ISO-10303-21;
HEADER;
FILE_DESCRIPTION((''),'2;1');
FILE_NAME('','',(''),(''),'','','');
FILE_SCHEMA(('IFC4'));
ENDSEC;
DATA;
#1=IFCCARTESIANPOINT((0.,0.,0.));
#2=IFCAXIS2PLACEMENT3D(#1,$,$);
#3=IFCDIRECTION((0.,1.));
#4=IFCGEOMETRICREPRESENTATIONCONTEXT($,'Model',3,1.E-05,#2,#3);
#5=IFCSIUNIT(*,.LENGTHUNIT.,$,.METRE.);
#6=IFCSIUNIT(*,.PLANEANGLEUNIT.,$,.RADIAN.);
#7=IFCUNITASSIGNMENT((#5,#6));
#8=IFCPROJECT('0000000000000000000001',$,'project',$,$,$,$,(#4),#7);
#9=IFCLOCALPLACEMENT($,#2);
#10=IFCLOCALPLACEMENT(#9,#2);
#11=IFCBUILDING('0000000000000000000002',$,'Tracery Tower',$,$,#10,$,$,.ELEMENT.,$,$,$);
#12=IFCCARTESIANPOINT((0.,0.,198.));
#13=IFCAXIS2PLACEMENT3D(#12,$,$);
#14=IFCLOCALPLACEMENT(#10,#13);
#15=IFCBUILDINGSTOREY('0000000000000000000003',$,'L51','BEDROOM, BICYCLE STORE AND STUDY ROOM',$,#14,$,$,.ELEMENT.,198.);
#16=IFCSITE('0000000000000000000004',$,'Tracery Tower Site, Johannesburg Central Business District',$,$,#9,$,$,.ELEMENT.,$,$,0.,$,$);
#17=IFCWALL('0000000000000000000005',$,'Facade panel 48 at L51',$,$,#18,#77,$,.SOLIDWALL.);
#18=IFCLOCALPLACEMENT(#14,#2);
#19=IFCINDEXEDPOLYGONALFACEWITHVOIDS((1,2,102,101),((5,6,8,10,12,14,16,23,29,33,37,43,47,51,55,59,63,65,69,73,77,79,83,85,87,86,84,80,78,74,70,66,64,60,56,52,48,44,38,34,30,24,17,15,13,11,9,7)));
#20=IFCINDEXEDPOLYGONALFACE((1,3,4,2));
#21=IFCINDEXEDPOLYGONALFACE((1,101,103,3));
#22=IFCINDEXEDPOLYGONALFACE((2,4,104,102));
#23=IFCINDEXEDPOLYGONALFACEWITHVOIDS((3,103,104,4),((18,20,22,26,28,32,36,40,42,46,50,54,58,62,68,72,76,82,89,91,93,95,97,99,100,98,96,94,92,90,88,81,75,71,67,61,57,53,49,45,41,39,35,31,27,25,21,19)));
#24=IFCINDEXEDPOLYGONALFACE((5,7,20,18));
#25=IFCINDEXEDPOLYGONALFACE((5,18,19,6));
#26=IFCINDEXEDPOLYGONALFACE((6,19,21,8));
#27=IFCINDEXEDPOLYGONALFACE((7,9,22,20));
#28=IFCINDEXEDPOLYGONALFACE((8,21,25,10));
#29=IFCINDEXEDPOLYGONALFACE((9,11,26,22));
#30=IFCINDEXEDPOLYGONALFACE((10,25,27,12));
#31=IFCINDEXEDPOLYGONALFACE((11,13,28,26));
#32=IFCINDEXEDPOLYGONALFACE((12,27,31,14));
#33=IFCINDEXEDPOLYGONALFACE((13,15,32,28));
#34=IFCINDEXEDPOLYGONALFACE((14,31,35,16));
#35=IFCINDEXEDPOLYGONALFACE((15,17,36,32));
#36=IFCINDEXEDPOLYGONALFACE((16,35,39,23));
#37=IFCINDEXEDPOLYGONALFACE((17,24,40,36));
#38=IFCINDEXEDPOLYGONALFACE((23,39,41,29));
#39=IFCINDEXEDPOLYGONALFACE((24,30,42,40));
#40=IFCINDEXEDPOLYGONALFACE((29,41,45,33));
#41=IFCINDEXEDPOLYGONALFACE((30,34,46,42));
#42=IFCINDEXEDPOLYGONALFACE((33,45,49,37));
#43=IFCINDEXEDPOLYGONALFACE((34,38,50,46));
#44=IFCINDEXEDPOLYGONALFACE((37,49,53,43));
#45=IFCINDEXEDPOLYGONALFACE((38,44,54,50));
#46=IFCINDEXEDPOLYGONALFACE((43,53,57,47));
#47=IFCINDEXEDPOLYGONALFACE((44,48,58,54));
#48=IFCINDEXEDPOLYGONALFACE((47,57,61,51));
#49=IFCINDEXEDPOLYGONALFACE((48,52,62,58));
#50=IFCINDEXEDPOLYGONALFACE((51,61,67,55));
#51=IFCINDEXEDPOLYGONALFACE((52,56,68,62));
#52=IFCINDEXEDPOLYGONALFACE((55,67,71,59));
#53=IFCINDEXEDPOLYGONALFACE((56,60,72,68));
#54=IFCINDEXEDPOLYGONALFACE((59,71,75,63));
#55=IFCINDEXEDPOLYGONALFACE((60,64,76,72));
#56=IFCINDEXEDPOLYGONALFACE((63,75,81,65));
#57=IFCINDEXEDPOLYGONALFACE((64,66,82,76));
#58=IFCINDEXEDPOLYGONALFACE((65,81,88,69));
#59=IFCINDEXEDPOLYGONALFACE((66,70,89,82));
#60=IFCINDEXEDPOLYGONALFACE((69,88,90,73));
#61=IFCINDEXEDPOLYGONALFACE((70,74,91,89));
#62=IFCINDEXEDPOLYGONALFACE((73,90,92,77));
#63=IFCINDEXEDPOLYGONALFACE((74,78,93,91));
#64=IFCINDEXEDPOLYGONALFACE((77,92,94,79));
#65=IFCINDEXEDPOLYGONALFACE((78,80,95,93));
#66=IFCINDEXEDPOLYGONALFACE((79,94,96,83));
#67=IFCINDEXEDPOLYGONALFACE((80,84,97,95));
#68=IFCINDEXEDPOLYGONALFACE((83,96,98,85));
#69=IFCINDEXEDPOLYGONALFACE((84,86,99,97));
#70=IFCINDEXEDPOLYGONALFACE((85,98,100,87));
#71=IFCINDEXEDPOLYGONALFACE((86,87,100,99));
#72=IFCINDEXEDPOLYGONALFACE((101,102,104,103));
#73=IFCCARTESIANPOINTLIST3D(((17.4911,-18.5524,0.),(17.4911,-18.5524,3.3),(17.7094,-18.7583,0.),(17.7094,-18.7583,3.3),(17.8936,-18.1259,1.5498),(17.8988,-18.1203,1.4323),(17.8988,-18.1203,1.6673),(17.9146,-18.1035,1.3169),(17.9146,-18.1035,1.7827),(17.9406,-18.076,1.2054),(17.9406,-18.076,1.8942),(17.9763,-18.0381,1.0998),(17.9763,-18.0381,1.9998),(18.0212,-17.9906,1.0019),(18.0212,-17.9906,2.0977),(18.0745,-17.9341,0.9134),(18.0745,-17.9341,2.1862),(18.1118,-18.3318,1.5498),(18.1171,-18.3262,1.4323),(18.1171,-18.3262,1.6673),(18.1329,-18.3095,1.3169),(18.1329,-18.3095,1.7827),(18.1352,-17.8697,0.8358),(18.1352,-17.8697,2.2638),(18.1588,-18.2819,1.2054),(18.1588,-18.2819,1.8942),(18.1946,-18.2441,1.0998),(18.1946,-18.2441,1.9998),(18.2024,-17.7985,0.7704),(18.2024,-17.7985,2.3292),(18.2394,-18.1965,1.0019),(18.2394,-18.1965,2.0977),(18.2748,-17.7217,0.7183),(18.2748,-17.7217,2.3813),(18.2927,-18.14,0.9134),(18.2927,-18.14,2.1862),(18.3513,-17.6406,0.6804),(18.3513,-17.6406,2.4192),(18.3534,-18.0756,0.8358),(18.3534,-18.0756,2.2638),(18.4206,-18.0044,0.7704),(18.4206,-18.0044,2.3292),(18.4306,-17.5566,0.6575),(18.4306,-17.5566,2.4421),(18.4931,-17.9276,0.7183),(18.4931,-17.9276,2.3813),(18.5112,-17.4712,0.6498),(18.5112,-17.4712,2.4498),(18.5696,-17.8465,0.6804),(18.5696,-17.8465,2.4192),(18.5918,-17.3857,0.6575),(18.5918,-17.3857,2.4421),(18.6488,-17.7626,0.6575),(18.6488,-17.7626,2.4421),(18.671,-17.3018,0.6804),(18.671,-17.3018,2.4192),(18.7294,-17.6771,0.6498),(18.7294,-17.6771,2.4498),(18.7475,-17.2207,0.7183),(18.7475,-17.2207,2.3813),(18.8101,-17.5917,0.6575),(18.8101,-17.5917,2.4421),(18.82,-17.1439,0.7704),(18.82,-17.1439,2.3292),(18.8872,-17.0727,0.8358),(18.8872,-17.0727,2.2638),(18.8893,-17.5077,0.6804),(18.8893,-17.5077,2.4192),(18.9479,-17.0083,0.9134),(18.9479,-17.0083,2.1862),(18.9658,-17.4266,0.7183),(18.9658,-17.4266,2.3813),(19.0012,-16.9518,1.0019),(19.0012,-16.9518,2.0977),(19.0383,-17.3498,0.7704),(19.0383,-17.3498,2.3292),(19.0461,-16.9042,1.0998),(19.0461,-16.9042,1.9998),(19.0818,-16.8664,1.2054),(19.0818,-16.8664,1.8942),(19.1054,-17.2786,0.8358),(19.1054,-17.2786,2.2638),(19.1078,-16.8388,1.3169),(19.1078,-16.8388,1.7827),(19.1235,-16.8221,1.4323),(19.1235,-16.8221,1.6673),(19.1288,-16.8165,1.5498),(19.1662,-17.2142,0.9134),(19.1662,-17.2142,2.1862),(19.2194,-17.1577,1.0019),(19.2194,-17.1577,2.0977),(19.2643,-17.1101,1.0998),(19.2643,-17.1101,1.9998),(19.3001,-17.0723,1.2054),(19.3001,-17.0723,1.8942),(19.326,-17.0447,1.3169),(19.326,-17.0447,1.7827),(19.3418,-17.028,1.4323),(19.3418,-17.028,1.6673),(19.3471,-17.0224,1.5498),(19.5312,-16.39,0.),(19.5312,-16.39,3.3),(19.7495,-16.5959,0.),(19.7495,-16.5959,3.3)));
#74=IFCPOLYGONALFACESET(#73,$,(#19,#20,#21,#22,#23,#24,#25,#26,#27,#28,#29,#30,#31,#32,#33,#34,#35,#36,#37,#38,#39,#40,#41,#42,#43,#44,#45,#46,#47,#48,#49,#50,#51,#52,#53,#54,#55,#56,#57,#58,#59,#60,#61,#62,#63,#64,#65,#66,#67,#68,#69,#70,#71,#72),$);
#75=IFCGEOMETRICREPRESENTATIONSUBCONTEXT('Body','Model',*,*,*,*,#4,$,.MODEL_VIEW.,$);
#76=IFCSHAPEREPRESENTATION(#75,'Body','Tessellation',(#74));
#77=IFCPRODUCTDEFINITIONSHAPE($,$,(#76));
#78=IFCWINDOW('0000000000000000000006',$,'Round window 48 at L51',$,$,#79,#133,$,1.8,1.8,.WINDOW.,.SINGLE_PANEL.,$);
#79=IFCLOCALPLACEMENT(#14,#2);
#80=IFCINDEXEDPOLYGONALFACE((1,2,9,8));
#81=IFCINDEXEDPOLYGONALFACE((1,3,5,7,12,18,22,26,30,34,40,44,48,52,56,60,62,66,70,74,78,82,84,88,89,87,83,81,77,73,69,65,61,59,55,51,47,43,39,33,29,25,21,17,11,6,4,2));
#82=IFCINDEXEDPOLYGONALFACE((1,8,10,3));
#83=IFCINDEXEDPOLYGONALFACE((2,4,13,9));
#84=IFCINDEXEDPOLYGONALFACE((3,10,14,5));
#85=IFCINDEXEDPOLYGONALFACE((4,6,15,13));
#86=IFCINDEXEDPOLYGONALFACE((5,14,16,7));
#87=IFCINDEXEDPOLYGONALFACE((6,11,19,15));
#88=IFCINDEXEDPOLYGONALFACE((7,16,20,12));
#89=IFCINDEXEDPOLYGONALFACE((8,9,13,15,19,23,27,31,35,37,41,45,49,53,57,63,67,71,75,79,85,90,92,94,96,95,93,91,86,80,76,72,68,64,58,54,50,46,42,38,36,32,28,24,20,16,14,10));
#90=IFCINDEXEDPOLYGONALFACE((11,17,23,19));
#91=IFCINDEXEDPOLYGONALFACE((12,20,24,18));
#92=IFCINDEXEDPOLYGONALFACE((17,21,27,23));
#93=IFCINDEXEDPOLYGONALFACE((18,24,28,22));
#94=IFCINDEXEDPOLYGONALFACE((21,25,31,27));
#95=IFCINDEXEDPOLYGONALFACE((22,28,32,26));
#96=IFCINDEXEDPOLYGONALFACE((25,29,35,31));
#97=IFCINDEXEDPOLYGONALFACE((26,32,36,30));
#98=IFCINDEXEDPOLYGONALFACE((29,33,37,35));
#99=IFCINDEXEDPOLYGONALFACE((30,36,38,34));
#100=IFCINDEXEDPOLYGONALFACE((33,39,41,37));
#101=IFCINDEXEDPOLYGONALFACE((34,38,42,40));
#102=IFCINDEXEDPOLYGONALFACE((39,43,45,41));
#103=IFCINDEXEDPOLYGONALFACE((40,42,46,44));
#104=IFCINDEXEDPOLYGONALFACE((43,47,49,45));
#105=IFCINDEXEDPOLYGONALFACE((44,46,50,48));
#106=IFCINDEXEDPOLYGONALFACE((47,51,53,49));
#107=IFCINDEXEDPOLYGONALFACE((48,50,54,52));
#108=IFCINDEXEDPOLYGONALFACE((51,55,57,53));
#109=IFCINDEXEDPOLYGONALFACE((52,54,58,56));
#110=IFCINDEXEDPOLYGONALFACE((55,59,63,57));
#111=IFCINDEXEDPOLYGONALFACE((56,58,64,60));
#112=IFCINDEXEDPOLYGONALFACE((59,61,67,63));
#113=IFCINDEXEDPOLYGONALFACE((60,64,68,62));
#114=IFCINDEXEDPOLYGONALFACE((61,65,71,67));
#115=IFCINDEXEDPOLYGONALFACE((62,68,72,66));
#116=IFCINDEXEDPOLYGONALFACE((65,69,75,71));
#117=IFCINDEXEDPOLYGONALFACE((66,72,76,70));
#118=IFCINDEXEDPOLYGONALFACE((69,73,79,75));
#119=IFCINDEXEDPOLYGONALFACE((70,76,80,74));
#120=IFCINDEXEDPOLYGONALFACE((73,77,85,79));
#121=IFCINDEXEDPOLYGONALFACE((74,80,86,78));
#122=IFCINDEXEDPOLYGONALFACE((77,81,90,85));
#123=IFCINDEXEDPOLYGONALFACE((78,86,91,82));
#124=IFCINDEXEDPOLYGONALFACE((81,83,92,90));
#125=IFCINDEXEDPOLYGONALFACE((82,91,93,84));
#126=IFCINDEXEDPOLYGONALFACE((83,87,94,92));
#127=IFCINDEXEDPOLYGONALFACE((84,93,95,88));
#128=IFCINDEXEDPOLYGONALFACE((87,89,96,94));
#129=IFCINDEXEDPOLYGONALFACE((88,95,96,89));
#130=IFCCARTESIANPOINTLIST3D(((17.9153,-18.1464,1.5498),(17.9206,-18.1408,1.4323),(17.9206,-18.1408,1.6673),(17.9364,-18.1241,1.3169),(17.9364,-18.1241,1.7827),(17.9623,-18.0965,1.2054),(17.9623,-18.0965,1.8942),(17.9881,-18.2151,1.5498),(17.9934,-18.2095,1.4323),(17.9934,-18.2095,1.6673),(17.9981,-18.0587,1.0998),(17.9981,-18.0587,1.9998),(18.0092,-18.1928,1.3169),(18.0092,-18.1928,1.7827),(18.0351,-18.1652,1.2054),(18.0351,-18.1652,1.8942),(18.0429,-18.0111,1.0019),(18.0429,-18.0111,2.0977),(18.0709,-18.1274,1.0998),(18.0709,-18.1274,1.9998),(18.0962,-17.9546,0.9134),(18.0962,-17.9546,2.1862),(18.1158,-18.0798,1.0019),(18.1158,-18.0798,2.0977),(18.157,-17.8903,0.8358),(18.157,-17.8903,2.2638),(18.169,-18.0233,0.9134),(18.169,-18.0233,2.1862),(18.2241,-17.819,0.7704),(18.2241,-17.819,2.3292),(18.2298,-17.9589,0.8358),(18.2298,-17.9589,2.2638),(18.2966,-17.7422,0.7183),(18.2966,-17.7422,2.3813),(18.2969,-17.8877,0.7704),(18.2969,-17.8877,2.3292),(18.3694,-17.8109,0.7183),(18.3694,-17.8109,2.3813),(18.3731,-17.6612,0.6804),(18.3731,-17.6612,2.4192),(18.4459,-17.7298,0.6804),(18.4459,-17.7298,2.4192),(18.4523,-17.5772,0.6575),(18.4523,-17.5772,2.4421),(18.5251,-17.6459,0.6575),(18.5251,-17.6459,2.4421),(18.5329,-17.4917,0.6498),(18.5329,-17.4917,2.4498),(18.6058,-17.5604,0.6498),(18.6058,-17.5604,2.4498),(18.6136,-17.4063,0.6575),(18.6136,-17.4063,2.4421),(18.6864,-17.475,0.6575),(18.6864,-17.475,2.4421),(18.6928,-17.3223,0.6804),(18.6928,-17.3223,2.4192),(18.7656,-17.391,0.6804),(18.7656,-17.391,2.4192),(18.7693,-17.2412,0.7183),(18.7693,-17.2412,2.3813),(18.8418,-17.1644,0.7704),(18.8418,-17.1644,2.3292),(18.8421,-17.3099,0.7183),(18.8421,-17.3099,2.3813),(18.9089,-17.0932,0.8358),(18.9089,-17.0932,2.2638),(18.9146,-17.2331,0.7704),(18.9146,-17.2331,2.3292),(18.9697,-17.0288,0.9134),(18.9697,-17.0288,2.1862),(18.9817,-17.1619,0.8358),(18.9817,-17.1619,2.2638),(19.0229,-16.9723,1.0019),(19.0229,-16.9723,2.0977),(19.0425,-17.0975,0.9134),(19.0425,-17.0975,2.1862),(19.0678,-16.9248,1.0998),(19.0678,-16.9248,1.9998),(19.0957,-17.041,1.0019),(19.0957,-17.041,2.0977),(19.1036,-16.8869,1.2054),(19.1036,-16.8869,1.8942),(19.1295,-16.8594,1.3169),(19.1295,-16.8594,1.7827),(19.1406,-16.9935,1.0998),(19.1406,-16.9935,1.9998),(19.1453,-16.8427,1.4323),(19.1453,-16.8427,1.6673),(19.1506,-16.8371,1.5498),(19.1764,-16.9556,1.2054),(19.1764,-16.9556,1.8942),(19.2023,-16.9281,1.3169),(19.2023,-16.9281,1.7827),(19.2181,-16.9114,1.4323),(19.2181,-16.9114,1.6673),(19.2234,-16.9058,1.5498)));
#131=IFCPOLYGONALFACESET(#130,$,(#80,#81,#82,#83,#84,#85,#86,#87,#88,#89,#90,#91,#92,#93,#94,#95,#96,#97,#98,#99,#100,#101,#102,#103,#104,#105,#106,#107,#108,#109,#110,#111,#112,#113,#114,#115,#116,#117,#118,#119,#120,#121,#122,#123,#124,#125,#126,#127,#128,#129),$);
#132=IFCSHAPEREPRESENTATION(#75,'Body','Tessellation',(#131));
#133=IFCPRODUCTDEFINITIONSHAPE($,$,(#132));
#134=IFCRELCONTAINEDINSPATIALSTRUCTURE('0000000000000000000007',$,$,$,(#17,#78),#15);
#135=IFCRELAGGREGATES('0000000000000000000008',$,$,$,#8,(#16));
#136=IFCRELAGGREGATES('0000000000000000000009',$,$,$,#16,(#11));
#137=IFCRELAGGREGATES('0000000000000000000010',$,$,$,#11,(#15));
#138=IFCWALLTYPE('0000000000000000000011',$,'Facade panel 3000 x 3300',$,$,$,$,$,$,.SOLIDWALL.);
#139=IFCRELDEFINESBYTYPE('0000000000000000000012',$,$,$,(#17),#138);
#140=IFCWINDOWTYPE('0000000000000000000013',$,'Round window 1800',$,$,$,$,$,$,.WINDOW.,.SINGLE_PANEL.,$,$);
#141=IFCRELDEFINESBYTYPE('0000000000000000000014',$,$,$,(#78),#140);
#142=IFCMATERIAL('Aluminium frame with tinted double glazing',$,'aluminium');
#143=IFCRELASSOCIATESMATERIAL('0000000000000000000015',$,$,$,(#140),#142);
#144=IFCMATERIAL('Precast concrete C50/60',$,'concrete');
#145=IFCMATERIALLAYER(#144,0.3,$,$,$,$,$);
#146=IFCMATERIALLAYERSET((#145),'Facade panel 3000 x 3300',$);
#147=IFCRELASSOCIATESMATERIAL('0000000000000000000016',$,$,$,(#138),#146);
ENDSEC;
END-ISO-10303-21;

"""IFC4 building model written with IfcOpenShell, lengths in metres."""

from ifc_helpers import new_model, si_unit, direction, frame, frame_2d, origin, origin_2d, place, context, subcontext, project, spatial, rectangle, circle, extrude, material, layer, layer_set, type_object, element, fill, save


model = new_model("IFC4")

# Units and contexts
model_context = context("Model", 3, precision=1e-05, world=origin(), true_north=direction((0.0, 1.0)))
body_context = subcontext(model_context, "Body", "Model", "MODEL_VIEW")
ifc_project = project(units=[si_unit("LENGTHUNIT", "METRE"), si_unit("PLANEANGLEUNIT", "RADIAN")], contexts=[model_context])

# Site, building, storey
site_placement = place(None, origin())
site = spatial("IfcSite", under=ifc_project, at=site_placement, Name="Tracery Tower Site, Johannesburg Central Business District", CompositionType="ELEMENT", RefElevation=0.0)
building_placement = place(site_placement, origin())
building = spatial("IfcBuilding", under=site, at=building_placement, Name="Tracery Tower", CompositionType="ELEMENT")
storey_placement = place(building_placement, frame((0.0, 0.0, 198.0)))
storey = spatial("IfcBuildingStorey", under=building, at=storey_placement, Name="L51", Description="BEDROOM, BICYCLE STORE AND STUDY ROOM", CompositionType="ELEMENT", Elevation=198.0)

# Wall, opening, window
ifc_material_1 = material(Name="Aluminium frame with tinted double glazing", Category="aluminium")
window_type = type_object("IfcWindowType", Name="Round window 1800", PartitioningType="SINGLE_PANEL", PredefinedType="WINDOW", material=ifc_material_1)
ifc_material_2 = material(Name="Precast concrete C50/60", Category="concrete")
ifc_layer_1 = layer(ifc_material_2, 0.3)
ifc_layer_set_1 = layer_set([ifc_layer_1], Name="Facade panel 3000 x 3300")
wall_type_1 = type_object("IfcWallType", Name="Facade panel 3000 x 3300", PredefinedType="SOLIDWALL", material=ifc_layer_set_1)
wall_1_placement = place(storey_placement, frame((17.6003, -18.6553, 0.0), z_axis=(0.0, 0.0, 1.0), x_axis=(0.686235, 0.72738, 0.0)))
wall_1 = element("IfcWall", 1, at=wall_1_placement, inside=storey, type_object=wall_type_1, Name="Facade panel 48 at L51", PredefinedType="SOLIDWALL", context=body_context, shape_type="SweptSolid", body=[
    extrude(rectangle(XDim=2.9729, YDim=0.3, at=frame_2d((1.4863, 0.0))), origin(), (0.0, 0.0, 1.0), 3.3),
])
opening_1_placement = place(wall_1_placement, frame((1.4863, 0.0, 1.5498)))
opening_1 = element("IfcOpeningElement", 2, at=opening_1_placement, cuts=wall_1, PredefinedType="OPENING", context=body_context, shape_type="SweptSolid", body=[
    extrude(circle(Radius=0.9, at=origin_2d()), frame((0.0, 0.1599, 0.0), z_axis=(0.0, -1.0, 0.0), x_axis=(1.0, 0.0, 0.0)), (0.0, 0.0, 1.0), 0.3201),
])
window_1_placement = place(opening_1_placement, origin())
window_1 = element("IfcWindow", 3, at=window_1_placement, inside=storey, type_object=window_type, Name="Round window 48 at L51", OverallHeight=1.8, OverallWidth=1.8, PartitioningType="SINGLE_PANEL", PredefinedType="WINDOW", context=body_context, shape_type="SweptSolid", body=[
    extrude(circle(Radius=0.9, at=origin_2d()), frame((0.0, 0.1201, 0.0), z_axis=(0.0, -1.0, 0.0), x_axis=(1.0, 0.0, 0.0)), (0.0, 0.0, 1.0), 0.1001),
])
fill(opening_1, window_1)

save(model, "model.ifc")
